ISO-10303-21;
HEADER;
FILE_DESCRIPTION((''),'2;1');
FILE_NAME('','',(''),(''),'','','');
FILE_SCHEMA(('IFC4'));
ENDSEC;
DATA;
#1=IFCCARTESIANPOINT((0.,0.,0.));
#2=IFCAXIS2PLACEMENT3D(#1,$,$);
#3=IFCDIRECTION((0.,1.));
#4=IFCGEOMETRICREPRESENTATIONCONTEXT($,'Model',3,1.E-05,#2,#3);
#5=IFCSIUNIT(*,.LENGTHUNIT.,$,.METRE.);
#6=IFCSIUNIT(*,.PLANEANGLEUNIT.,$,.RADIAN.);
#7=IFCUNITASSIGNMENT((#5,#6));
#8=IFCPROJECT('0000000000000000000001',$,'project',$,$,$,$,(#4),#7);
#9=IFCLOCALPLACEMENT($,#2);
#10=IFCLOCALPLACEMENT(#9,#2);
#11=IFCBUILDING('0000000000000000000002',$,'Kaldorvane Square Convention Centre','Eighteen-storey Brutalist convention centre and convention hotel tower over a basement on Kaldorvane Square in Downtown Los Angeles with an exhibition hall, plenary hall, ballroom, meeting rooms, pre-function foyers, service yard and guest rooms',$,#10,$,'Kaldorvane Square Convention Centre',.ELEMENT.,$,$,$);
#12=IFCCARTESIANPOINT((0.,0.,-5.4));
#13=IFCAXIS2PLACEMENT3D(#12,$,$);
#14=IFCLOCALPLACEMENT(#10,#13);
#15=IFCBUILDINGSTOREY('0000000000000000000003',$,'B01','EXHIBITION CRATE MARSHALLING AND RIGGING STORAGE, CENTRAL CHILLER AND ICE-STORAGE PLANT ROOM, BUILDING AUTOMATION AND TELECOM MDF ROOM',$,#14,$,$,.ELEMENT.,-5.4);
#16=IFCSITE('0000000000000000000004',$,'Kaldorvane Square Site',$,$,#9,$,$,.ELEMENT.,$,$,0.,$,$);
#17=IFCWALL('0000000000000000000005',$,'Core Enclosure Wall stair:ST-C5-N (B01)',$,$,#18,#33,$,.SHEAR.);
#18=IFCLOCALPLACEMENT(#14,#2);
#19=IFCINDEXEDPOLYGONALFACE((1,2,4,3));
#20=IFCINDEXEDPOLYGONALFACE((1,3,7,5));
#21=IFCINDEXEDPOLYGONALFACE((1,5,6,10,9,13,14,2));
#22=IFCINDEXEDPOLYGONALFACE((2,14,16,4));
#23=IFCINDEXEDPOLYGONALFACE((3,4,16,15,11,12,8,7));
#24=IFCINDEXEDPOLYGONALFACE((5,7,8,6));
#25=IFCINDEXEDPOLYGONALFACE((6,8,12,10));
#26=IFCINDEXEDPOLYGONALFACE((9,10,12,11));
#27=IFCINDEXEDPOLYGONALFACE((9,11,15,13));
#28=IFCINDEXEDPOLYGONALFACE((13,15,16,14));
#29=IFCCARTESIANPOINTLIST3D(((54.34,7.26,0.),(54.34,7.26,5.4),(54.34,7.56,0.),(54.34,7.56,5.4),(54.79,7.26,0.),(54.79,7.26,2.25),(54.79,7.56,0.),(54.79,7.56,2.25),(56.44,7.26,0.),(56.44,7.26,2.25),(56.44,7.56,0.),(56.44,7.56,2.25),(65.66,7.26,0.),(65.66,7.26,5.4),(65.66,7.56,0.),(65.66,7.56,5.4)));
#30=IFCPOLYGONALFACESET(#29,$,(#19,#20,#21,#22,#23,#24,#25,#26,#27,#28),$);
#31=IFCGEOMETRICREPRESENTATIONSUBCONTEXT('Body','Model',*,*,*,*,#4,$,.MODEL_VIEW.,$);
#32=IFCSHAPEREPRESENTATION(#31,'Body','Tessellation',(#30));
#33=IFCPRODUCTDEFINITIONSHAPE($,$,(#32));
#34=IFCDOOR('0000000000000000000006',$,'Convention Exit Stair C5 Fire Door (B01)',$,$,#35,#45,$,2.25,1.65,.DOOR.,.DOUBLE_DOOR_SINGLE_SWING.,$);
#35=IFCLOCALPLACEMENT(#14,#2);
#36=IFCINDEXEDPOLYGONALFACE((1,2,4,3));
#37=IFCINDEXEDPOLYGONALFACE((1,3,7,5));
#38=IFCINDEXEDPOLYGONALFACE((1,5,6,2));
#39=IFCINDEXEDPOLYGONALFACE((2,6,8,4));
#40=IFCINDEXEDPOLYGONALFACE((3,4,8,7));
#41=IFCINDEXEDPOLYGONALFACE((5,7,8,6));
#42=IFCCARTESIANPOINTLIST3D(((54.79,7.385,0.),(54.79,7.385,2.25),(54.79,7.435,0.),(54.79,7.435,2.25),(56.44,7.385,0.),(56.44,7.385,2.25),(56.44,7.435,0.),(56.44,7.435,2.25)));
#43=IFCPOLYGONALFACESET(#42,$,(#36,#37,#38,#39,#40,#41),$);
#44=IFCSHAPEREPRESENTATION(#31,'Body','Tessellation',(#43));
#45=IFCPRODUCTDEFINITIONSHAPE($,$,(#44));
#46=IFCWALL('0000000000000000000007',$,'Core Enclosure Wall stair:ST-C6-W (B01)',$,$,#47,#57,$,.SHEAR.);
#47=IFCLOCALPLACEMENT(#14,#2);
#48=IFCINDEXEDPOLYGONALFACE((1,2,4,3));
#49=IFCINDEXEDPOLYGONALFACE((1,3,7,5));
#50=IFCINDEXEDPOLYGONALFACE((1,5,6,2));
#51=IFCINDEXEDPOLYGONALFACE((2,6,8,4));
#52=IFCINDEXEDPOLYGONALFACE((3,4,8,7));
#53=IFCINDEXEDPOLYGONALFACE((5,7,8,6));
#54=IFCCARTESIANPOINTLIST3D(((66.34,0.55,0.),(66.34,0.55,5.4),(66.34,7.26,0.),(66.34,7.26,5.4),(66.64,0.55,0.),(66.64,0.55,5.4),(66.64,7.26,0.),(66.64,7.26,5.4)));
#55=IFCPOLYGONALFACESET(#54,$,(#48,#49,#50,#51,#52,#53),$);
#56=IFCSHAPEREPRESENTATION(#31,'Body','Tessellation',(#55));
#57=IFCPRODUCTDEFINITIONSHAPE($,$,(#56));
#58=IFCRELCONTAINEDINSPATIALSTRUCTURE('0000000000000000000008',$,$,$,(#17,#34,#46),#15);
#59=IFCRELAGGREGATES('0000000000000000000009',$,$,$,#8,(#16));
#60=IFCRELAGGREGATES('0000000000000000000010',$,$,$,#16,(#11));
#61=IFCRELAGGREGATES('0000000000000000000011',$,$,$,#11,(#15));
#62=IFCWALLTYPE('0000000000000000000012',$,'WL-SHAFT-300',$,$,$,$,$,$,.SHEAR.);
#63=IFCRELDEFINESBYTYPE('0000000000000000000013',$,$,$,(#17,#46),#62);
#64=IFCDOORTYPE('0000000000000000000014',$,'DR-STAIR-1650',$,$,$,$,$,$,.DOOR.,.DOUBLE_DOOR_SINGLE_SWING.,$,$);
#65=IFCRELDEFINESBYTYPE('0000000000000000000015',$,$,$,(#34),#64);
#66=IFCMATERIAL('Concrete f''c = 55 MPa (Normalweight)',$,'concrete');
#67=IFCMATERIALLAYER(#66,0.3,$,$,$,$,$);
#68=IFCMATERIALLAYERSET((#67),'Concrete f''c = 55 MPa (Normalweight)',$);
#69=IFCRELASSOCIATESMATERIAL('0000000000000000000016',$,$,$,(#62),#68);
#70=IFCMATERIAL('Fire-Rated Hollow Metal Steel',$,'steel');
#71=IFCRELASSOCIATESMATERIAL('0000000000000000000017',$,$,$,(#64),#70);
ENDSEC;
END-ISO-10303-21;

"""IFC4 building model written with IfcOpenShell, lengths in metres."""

from ifc_helpers import new_model, si_unit, direction, frame, frame_2d, origin, place, context, subcontext, project, spatial, rectangle, extrude, material, layer, layer_set, type_object, element, fill, save


model = new_model("IFC4")

# Units and contexts
model_context = context("Model", 3, precision=1e-05, world=origin(), true_north=direction((0.0, 1.0)))
body_context = subcontext(model_context, "Body", "Model", "MODEL_VIEW")
ifc_project = project(units=[si_unit("LENGTHUNIT", "METRE"), si_unit("PLANEANGLEUNIT", "RADIAN")], contexts=[model_context])

# Site, building, storey
site_placement = place(None, origin())
site = spatial("IfcSite", under=ifc_project, at=site_placement, Name="Kaldorvane Square Site", CompositionType="ELEMENT", RefElevation=0.0)
building_placement = place(site_placement, origin())
building = spatial("IfcBuilding", under=site, at=building_placement, Name="Kaldorvane Square Convention Centre", Description="Eighteen-storey Brutalist convention centre and convention hotel tower over a basement on Kaldorvane Square in Downtown Los Angeles with an exhibition hall, plenary hall, ballroom, meeting rooms, pre-function foyers, service yard and guest rooms", LongName="Kaldorvane Square Convention Centre", CompositionType="ELEMENT")
storey_placement = place(building_placement, frame((0.0, 0.0, -5.4)))
storey = spatial("IfcBuildingStorey", under=building, at=storey_placement, Name="B01", Description="EXHIBITION CRATE MARSHALLING AND RIGGING STORAGE, CENTRAL CHILLER AND ICE-STORAGE PLANT ROOM, BUILDING AUTOMATION AND TELECOM MDF ROOM", CompositionType="ELEMENT", Elevation=-5.4)

# Shared definitions
ifc_material_1 = material(Name="Concrete f'c = 55 MPa (Normalweight)", Category="concrete")

# Wall, opening, door
ifc_layer = layer(ifc_material_1, 0.3)
ifc_layer_set = layer_set([ifc_layer], Name="Concrete f'c = 55 MPa (Normalweight)")
wall_type = type_object("IfcWallType", Name="WL-SHAFT-300", PredefinedType="SHEAR", material=ifc_layer_set)
wall_1_placement = place(storey_placement, frame((65.66, 7.41, 0.0), z_axis=(0.0, 0.0, 1.0), x_axis=(-1.0, 0.0, 0.0)))
wall_1 = element("IfcWall", 1, at=wall_1_placement, inside=storey, type_object=wall_type, Name="Core Enclosure Wall stair:ST-C5-N (B01)", PredefinedType="SHEAR", context=body_context, shape_type="SweptSolid", body=[
    extrude(rectangle(XDim=11.32, YDim=0.3, at=frame_2d((5.66, 0.0))), origin(), (0.0, 0.0, 1.0), 5.4),
])
opening_placement = place(wall_1_placement, frame((9.22, 0.0, 0.0)))
opening = element("IfcOpeningElement", 2, at=opening_placement, cuts=wall_1, PredefinedType="OPENING", context=body_context, shape_type="SweptSolid", body=[
    extrude(rectangle(XDim=1.65, YDim=2.25, at=frame_2d((0.825, 1.125))), frame((0.0, 0.165, 0.0), z_axis=(0.0, -1.0, 0.0), x_axis=(1.0, 0.0, 0.0)), (0.0, 0.0, 1.0), 0.33),
])
ifc_material_2 = material(Name="Fire-Rated Hollow Metal Steel", Category="steel")
door_type = type_object("IfcDoorType", Name="DR-STAIR-1650", OperationType="DOUBLE_DOOR_SINGLE_SWING", PredefinedType="DOOR", material=ifc_material_2)
door_placement = place(opening_placement, origin())
door = element("IfcDoor", 3, at=door_placement, inside=storey, type_object=door_type, Name="Convention Exit Stair C5 Fire Door (B01)", OperationType="DOUBLE_DOOR_SINGLE_SWING", OverallHeight=2.25, OverallWidth=1.65, PredefinedType="DOOR", context=body_context, shape_type="SweptSolid", body=[
    extrude(rectangle(XDim=1.65, YDim=2.25, at=frame_2d((0.825, 1.125))), frame((0.0, 0.025, 0.0), z_axis=(0.0, -1.0, 0.0), x_axis=(1.0, 0.0, 0.0)), (0.0, 0.0, 1.0), 0.05),
])
fill(opening, door)

# Wall
wall_2_placement = place(storey_placement, frame((66.49, 7.26, 0.0), z_axis=(0.0, 0.0, 1.0), x_axis=(0.0, -1.0, 0.0)))
element("IfcWall", 4, at=wall_2_placement, inside=storey, type_object=wall_type, Name="Core Enclosure Wall stair:ST-C6-W (B01)", PredefinedType="SHEAR", context=body_context, shape_type="SweptSolid", body=[
    extrude(rectangle(XDim=6.71, YDim=0.3, at=frame_2d((3.355, 0.0))), origin(), (0.0, 0.0, 1.0), 5.4),
])

save(model, "model.ifc")
